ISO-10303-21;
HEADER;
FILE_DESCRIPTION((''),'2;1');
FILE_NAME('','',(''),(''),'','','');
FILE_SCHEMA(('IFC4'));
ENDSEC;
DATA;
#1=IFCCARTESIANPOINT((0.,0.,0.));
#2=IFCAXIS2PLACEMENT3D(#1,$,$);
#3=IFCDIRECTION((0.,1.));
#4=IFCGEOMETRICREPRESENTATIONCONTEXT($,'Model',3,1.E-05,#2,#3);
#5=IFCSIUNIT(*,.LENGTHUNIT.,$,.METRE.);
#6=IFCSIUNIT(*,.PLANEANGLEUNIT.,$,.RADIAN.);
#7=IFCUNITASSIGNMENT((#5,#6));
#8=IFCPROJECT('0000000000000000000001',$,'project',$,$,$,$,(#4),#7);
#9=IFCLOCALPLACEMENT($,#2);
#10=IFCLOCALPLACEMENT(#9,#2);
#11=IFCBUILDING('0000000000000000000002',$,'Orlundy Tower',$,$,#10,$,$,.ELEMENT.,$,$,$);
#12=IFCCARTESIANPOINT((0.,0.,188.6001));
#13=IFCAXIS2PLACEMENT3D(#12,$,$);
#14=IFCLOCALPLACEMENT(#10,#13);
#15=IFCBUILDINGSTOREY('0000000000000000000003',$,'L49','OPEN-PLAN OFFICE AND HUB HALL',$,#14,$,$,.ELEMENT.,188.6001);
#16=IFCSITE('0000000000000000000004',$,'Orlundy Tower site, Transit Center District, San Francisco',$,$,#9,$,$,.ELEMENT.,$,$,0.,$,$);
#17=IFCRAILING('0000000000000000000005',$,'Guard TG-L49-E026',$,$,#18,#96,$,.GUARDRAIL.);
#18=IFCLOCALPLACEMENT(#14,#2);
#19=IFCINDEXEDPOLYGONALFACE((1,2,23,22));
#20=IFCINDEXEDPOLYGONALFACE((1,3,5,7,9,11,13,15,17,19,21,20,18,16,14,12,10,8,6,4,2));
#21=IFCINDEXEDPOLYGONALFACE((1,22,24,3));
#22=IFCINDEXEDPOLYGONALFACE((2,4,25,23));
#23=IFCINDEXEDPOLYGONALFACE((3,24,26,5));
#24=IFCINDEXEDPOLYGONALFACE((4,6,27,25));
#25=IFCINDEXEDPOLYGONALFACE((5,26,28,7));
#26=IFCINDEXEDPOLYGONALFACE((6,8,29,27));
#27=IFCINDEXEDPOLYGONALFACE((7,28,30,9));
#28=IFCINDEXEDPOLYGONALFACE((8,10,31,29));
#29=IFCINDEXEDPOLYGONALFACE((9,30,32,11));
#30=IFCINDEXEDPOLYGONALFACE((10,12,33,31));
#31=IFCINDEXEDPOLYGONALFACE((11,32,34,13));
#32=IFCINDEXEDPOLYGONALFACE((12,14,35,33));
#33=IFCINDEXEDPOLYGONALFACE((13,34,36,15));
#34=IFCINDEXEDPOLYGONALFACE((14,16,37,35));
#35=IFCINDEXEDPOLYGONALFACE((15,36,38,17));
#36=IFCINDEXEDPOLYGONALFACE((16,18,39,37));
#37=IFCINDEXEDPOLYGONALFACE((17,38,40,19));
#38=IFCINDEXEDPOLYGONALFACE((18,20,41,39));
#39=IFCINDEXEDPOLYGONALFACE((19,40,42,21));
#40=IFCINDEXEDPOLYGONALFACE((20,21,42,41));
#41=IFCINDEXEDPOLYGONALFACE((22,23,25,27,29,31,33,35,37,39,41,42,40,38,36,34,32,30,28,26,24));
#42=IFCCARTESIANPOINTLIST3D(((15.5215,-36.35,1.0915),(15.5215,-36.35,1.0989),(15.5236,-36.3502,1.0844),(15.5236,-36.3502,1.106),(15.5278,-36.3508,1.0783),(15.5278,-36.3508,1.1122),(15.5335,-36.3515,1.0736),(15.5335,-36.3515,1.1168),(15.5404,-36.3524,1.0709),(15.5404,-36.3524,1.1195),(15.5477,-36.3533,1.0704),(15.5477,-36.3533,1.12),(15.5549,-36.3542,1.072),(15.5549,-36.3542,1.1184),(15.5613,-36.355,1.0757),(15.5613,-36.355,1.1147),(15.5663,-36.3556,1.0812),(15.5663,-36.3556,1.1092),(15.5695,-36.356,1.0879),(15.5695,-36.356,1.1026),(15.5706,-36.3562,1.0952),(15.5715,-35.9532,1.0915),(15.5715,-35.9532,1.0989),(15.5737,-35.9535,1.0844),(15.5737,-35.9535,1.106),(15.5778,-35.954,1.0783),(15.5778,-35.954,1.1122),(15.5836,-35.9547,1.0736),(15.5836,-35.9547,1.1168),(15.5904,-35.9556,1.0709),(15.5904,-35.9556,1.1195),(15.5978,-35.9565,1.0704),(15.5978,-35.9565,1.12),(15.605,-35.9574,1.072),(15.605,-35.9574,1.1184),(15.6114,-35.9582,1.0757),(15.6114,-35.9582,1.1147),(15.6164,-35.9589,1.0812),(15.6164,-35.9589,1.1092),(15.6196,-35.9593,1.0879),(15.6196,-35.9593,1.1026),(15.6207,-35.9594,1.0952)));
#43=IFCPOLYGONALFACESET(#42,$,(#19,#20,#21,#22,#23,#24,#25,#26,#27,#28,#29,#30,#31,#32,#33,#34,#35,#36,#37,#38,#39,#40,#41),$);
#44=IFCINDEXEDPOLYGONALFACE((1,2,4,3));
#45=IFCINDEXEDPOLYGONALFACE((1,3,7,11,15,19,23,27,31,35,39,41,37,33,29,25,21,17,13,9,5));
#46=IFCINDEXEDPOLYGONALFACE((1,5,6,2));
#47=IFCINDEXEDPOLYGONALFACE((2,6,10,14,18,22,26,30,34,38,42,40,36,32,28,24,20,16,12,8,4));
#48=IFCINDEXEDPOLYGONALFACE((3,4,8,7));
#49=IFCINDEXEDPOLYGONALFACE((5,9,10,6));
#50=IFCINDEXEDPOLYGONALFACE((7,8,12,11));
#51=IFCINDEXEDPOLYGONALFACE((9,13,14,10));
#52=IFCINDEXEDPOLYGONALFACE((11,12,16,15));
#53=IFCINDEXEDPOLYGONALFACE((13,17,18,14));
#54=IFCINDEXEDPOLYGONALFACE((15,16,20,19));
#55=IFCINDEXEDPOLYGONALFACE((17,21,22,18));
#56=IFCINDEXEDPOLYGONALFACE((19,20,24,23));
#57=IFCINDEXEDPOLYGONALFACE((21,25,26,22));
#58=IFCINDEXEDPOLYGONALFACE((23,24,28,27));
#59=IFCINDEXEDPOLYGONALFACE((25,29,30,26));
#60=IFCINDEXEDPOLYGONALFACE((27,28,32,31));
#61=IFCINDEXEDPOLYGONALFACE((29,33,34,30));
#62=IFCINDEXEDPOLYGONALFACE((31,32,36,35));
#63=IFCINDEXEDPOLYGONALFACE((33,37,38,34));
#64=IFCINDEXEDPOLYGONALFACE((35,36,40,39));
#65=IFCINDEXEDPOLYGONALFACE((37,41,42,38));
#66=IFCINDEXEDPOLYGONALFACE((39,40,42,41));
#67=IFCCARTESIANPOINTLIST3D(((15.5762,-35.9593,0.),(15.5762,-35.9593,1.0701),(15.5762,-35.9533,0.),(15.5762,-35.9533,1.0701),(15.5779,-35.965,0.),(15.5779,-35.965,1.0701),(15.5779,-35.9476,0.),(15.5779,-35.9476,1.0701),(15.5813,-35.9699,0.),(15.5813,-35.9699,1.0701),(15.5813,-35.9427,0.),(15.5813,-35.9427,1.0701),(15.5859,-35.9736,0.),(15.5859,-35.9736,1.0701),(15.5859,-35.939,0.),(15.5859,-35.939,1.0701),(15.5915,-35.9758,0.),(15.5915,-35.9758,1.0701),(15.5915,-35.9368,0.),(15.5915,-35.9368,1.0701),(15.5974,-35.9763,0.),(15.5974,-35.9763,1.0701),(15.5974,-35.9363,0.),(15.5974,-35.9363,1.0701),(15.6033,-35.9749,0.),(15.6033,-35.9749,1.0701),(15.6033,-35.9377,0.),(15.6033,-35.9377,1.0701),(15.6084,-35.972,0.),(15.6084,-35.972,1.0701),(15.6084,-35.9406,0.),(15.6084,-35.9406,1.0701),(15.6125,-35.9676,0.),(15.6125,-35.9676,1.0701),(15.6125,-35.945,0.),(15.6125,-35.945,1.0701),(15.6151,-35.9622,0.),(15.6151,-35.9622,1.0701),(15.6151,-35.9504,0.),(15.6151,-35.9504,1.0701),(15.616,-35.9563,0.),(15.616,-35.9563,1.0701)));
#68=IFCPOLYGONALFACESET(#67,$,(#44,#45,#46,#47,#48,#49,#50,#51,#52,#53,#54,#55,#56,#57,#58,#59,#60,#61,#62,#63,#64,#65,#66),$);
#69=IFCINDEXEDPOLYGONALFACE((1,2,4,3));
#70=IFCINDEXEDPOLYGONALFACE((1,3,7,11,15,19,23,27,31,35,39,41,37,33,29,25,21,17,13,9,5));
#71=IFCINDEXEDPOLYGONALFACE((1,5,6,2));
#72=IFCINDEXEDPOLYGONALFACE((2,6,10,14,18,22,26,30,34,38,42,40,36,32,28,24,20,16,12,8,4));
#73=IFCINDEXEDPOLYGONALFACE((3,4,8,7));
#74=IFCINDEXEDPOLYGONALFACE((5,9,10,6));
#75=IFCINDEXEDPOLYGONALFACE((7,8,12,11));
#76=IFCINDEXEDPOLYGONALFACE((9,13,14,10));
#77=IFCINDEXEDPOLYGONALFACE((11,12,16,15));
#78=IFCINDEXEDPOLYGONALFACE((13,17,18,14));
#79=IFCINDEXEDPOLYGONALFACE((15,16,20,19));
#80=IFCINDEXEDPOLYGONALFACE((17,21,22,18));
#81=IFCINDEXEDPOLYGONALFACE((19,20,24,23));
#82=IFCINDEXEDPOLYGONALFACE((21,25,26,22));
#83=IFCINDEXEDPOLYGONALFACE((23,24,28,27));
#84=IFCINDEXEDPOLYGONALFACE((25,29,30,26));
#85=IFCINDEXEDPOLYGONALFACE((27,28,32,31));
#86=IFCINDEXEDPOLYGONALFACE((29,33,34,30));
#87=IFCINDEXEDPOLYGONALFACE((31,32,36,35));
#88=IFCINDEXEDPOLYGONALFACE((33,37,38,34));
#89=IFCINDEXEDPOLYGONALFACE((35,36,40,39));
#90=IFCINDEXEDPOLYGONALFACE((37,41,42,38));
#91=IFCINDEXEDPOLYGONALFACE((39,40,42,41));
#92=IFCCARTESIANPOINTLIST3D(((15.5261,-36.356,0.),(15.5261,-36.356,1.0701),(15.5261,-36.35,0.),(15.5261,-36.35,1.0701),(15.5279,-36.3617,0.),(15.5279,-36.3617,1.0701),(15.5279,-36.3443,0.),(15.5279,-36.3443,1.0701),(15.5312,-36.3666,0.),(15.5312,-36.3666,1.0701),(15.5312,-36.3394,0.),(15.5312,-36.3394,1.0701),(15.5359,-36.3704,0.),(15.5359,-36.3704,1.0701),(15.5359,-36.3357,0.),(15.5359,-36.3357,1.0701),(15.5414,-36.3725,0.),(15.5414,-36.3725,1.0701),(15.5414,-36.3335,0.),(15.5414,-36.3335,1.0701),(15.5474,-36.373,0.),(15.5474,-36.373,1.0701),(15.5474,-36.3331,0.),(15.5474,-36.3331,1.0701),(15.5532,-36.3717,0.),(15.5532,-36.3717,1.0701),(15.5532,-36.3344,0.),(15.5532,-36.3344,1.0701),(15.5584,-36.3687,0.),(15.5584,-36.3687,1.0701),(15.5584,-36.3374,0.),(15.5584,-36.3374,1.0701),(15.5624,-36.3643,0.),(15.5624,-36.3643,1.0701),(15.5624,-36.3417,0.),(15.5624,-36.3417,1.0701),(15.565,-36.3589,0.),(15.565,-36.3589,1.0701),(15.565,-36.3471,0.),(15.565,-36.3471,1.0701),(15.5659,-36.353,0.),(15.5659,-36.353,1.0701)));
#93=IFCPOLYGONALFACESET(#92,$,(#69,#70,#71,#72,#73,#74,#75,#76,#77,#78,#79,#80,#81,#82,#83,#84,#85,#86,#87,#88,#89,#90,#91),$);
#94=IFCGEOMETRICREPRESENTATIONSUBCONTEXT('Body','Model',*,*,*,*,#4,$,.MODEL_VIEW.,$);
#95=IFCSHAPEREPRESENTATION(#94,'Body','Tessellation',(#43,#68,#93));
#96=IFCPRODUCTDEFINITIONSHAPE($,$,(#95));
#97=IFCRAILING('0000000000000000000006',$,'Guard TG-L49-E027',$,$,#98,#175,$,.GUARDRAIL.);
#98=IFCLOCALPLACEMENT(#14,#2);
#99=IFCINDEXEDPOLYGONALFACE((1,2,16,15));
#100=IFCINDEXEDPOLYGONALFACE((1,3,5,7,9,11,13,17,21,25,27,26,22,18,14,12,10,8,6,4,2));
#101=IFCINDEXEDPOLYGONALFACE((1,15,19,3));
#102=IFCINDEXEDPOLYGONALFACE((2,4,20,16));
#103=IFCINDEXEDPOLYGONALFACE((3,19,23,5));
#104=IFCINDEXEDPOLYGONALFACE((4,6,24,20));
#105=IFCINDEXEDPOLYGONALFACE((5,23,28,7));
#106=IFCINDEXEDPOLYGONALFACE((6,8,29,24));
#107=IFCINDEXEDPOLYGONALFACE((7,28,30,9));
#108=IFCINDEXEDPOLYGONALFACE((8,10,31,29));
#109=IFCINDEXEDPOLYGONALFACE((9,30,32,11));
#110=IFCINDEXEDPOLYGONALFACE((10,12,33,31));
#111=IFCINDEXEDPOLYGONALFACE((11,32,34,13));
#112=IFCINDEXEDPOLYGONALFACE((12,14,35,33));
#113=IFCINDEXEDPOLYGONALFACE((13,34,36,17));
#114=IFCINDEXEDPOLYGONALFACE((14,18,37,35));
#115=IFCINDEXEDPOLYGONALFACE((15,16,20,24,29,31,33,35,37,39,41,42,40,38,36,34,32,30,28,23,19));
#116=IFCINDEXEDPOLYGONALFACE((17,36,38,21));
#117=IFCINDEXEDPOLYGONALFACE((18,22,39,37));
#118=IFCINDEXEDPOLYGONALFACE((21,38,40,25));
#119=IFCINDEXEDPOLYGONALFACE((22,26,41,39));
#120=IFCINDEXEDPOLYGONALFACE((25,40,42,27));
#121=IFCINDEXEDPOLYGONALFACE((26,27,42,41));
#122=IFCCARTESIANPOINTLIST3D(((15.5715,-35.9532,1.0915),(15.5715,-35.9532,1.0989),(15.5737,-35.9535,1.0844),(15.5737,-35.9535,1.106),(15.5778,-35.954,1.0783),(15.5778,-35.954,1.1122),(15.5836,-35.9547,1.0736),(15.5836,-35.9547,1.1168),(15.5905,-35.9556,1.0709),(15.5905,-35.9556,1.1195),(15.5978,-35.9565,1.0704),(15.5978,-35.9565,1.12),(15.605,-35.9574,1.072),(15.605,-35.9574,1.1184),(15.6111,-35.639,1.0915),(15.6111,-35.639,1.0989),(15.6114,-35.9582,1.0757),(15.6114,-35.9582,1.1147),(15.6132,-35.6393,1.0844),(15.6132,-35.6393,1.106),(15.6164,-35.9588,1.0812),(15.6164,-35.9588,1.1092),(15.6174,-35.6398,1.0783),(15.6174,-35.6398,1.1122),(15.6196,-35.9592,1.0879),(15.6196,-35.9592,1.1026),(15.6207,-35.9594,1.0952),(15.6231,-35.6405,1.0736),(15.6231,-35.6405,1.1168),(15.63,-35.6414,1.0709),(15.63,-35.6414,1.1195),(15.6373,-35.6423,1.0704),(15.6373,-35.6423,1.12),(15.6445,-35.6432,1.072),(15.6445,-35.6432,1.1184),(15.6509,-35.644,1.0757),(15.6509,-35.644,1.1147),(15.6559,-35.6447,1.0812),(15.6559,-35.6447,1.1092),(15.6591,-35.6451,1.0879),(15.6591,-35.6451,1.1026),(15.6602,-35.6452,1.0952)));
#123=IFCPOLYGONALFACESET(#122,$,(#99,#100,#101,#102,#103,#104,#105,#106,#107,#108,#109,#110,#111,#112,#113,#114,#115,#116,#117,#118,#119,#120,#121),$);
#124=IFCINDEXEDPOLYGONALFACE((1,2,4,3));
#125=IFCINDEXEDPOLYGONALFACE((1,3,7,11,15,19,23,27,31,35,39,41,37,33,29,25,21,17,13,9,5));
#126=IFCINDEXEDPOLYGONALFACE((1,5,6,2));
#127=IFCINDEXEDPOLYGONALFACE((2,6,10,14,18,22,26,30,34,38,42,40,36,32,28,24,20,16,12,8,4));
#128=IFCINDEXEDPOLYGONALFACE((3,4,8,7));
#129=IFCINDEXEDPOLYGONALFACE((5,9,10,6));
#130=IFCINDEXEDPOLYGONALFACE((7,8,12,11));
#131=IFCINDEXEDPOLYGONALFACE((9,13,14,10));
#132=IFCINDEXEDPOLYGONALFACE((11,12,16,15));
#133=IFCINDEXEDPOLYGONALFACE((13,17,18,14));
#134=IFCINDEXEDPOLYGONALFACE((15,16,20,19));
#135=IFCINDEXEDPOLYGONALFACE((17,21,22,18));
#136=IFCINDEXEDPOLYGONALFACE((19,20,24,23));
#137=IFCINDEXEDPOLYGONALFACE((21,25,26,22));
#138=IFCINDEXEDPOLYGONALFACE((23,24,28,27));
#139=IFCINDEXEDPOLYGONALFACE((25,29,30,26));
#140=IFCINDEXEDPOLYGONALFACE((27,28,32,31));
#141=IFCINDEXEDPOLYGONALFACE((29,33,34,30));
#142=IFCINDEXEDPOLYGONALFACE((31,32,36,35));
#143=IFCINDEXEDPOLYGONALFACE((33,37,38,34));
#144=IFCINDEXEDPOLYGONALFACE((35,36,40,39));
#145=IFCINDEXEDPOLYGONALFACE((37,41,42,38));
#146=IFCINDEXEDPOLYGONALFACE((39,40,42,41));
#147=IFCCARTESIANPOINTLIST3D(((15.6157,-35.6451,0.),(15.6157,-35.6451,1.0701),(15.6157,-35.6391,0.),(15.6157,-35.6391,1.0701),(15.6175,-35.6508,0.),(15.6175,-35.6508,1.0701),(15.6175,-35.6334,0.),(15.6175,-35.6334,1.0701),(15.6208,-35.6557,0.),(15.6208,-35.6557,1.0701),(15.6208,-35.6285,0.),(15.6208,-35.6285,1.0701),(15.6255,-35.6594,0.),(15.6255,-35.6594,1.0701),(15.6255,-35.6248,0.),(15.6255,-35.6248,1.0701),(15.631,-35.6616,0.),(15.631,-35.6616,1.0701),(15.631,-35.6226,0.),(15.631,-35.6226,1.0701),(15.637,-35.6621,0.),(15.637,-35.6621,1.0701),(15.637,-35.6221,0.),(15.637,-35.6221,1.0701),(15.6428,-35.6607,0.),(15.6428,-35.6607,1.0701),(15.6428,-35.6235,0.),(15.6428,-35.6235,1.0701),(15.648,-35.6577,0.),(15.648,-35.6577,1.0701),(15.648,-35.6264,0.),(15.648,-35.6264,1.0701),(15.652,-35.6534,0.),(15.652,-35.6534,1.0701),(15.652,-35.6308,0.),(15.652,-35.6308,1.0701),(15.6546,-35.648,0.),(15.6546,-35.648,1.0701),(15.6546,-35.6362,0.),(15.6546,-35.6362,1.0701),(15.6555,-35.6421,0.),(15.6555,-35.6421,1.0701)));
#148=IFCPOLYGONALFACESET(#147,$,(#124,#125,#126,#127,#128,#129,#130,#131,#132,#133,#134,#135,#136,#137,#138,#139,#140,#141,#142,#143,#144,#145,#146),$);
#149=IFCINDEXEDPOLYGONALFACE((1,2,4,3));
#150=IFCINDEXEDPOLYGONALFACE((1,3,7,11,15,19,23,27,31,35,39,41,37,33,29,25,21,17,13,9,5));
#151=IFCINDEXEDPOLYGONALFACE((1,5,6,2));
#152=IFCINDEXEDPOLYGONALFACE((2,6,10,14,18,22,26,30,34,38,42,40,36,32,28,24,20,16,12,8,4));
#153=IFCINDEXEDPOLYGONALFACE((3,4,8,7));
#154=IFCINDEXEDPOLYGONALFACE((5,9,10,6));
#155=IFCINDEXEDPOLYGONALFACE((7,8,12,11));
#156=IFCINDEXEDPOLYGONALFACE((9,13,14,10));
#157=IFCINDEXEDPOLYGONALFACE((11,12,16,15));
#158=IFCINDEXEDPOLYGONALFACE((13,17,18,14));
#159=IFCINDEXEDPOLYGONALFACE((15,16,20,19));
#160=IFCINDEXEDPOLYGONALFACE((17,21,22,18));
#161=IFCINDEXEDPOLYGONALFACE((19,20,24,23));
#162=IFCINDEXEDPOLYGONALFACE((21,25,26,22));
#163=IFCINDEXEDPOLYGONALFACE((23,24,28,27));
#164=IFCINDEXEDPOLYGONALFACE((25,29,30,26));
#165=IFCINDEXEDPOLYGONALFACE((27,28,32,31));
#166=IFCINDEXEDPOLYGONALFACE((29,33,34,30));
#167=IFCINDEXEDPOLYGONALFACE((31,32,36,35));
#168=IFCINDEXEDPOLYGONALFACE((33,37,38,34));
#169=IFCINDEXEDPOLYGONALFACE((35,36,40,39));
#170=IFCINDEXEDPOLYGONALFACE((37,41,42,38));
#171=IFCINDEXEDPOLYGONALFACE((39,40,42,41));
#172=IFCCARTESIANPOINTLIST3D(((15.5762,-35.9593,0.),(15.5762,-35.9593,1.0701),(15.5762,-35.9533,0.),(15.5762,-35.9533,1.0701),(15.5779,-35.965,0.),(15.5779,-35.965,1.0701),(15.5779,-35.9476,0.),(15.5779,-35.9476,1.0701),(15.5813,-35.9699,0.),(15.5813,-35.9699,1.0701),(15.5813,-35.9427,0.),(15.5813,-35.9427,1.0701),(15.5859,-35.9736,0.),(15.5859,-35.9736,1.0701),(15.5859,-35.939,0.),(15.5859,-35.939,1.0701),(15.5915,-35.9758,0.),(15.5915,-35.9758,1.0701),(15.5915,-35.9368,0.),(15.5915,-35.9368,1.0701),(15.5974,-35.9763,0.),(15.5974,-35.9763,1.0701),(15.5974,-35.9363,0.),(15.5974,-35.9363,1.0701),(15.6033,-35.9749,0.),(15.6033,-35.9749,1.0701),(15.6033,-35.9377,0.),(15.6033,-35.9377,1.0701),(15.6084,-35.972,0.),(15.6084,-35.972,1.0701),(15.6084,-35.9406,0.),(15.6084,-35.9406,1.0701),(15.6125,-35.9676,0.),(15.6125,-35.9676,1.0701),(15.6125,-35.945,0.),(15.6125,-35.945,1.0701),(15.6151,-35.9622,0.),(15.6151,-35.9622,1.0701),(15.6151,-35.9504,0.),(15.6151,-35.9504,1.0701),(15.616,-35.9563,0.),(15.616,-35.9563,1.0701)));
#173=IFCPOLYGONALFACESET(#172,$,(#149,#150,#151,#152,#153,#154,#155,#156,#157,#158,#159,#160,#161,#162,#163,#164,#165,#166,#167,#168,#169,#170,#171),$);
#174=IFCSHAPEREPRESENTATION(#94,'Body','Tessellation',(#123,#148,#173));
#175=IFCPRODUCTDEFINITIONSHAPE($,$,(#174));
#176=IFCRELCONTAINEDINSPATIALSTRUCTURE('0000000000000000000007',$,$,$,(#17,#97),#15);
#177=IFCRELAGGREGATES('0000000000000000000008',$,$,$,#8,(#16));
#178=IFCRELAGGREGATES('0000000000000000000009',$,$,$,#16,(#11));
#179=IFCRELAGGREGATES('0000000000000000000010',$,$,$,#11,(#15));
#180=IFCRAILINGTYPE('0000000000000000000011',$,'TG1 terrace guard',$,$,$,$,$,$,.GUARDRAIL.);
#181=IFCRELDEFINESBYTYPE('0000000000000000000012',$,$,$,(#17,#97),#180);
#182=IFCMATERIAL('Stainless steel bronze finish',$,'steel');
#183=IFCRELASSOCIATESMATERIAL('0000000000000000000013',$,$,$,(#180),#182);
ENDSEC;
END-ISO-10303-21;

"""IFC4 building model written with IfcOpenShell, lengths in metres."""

from ifc_helpers import new_model, si_unit, direction, frame, origin, origin_2d, place, context, subcontext, project, spatial, circle, extrude, material, type_object, element, save


model = new_model("IFC4")

# Units and contexts
model_context = context("Model", 3, precision=1e-05, world=origin(), true_north=direction((0.0, 1.0)))
body_context = subcontext(model_context, "Body", "Model", "MODEL_VIEW")
ifc_project = project(units=[si_unit("LENGTHUNIT", "METRE"), si_unit("PLANEANGLEUNIT", "RADIAN")], contexts=[model_context])

# Site, building, storey
site_placement = place(None, origin())
site = spatial("IfcSite", under=ifc_project, at=site_placement, Name="Orlundy Tower site, Transit Center District, San Francisco", CompositionType="ELEMENT", RefElevation=0.0)
building_placement = place(site_placement, origin())
building = spatial("IfcBuilding", under=site, at=building_placement, Name="Orlundy Tower", CompositionType="ELEMENT")
storey_placement = place(building_placement, frame((0.0, 0.0, 188.6001)))
storey = spatial("IfcBuildingStorey", under=building, at=storey_placement, Name="L49", Description="OPEN-PLAN OFFICE AND HUB HALL", CompositionType="ELEMENT", Elevation=188.6001)

# Railings
ifc_material_1 = material(Name="Stainless steel bronze finish", Category="steel")
railing_type = type_object("IfcRailingType", Name="TG1 terrace guard", PredefinedType="GUARDRAIL", material=ifc_material_1)
railing_1_placement = place(storey_placement, frame((15.5959, -35.9563, 0.0)))
element("IfcRailing", 1, at=railing_1_placement, inside=storey, type_object=railing_type, Name="Guard TG-L49-E026", PredefinedType="GUARDRAIL", context=body_context, shape_type="SweptSolid", body=[
    extrude(circle(Radius=0.0249, at=origin_2d()), frame((0.0, 0.0, 1.0952), z_axis=(-0.125162, -0.992136, 0.0), x_axis=(0.992136, -0.125162, 0.0)), (0.0, 0.0, 1.0), 0.3999),
    extrude(circle(Radius=0.02, at=origin_2d()), origin(), (0.0, 0.0, 1.0), 1.0701),
    extrude(circle(Radius=0.02, at=origin_2d()), frame((-0.05, -0.3967, 0.0)), (0.0, 0.0, 1.0), 1.0701),
])
railing_2_placement = place(storey_placement, frame((15.6355, -35.6421, 0.0)))
element("IfcRailing", 2, at=railing_2_placement, inside=storey, type_object=railing_type, Name="Guard TG-L49-E027", PredefinedType="GUARDRAIL", context=body_context, shape_type="SweptSolid", body=[
    extrude(circle(Radius=0.0249, at=origin_2d()), frame((0.0, 0.0, 1.0952), z_axis=(-0.124889, -0.992171, 0.0), x_axis=(0.992171, -0.124889, 0.0)), (0.0, 0.0, 1.0), 0.3167),
    extrude(circle(Radius=0.02, at=origin_2d()), origin(), (0.0, 0.0, 1.0), 1.0701),
    extrude(circle(Radius=0.02, at=origin_2d()), frame((-0.0396, -0.3142, 0.0)), (0.0, 0.0, 1.0), 1.0701),
])

save(model, "model.ifc")
